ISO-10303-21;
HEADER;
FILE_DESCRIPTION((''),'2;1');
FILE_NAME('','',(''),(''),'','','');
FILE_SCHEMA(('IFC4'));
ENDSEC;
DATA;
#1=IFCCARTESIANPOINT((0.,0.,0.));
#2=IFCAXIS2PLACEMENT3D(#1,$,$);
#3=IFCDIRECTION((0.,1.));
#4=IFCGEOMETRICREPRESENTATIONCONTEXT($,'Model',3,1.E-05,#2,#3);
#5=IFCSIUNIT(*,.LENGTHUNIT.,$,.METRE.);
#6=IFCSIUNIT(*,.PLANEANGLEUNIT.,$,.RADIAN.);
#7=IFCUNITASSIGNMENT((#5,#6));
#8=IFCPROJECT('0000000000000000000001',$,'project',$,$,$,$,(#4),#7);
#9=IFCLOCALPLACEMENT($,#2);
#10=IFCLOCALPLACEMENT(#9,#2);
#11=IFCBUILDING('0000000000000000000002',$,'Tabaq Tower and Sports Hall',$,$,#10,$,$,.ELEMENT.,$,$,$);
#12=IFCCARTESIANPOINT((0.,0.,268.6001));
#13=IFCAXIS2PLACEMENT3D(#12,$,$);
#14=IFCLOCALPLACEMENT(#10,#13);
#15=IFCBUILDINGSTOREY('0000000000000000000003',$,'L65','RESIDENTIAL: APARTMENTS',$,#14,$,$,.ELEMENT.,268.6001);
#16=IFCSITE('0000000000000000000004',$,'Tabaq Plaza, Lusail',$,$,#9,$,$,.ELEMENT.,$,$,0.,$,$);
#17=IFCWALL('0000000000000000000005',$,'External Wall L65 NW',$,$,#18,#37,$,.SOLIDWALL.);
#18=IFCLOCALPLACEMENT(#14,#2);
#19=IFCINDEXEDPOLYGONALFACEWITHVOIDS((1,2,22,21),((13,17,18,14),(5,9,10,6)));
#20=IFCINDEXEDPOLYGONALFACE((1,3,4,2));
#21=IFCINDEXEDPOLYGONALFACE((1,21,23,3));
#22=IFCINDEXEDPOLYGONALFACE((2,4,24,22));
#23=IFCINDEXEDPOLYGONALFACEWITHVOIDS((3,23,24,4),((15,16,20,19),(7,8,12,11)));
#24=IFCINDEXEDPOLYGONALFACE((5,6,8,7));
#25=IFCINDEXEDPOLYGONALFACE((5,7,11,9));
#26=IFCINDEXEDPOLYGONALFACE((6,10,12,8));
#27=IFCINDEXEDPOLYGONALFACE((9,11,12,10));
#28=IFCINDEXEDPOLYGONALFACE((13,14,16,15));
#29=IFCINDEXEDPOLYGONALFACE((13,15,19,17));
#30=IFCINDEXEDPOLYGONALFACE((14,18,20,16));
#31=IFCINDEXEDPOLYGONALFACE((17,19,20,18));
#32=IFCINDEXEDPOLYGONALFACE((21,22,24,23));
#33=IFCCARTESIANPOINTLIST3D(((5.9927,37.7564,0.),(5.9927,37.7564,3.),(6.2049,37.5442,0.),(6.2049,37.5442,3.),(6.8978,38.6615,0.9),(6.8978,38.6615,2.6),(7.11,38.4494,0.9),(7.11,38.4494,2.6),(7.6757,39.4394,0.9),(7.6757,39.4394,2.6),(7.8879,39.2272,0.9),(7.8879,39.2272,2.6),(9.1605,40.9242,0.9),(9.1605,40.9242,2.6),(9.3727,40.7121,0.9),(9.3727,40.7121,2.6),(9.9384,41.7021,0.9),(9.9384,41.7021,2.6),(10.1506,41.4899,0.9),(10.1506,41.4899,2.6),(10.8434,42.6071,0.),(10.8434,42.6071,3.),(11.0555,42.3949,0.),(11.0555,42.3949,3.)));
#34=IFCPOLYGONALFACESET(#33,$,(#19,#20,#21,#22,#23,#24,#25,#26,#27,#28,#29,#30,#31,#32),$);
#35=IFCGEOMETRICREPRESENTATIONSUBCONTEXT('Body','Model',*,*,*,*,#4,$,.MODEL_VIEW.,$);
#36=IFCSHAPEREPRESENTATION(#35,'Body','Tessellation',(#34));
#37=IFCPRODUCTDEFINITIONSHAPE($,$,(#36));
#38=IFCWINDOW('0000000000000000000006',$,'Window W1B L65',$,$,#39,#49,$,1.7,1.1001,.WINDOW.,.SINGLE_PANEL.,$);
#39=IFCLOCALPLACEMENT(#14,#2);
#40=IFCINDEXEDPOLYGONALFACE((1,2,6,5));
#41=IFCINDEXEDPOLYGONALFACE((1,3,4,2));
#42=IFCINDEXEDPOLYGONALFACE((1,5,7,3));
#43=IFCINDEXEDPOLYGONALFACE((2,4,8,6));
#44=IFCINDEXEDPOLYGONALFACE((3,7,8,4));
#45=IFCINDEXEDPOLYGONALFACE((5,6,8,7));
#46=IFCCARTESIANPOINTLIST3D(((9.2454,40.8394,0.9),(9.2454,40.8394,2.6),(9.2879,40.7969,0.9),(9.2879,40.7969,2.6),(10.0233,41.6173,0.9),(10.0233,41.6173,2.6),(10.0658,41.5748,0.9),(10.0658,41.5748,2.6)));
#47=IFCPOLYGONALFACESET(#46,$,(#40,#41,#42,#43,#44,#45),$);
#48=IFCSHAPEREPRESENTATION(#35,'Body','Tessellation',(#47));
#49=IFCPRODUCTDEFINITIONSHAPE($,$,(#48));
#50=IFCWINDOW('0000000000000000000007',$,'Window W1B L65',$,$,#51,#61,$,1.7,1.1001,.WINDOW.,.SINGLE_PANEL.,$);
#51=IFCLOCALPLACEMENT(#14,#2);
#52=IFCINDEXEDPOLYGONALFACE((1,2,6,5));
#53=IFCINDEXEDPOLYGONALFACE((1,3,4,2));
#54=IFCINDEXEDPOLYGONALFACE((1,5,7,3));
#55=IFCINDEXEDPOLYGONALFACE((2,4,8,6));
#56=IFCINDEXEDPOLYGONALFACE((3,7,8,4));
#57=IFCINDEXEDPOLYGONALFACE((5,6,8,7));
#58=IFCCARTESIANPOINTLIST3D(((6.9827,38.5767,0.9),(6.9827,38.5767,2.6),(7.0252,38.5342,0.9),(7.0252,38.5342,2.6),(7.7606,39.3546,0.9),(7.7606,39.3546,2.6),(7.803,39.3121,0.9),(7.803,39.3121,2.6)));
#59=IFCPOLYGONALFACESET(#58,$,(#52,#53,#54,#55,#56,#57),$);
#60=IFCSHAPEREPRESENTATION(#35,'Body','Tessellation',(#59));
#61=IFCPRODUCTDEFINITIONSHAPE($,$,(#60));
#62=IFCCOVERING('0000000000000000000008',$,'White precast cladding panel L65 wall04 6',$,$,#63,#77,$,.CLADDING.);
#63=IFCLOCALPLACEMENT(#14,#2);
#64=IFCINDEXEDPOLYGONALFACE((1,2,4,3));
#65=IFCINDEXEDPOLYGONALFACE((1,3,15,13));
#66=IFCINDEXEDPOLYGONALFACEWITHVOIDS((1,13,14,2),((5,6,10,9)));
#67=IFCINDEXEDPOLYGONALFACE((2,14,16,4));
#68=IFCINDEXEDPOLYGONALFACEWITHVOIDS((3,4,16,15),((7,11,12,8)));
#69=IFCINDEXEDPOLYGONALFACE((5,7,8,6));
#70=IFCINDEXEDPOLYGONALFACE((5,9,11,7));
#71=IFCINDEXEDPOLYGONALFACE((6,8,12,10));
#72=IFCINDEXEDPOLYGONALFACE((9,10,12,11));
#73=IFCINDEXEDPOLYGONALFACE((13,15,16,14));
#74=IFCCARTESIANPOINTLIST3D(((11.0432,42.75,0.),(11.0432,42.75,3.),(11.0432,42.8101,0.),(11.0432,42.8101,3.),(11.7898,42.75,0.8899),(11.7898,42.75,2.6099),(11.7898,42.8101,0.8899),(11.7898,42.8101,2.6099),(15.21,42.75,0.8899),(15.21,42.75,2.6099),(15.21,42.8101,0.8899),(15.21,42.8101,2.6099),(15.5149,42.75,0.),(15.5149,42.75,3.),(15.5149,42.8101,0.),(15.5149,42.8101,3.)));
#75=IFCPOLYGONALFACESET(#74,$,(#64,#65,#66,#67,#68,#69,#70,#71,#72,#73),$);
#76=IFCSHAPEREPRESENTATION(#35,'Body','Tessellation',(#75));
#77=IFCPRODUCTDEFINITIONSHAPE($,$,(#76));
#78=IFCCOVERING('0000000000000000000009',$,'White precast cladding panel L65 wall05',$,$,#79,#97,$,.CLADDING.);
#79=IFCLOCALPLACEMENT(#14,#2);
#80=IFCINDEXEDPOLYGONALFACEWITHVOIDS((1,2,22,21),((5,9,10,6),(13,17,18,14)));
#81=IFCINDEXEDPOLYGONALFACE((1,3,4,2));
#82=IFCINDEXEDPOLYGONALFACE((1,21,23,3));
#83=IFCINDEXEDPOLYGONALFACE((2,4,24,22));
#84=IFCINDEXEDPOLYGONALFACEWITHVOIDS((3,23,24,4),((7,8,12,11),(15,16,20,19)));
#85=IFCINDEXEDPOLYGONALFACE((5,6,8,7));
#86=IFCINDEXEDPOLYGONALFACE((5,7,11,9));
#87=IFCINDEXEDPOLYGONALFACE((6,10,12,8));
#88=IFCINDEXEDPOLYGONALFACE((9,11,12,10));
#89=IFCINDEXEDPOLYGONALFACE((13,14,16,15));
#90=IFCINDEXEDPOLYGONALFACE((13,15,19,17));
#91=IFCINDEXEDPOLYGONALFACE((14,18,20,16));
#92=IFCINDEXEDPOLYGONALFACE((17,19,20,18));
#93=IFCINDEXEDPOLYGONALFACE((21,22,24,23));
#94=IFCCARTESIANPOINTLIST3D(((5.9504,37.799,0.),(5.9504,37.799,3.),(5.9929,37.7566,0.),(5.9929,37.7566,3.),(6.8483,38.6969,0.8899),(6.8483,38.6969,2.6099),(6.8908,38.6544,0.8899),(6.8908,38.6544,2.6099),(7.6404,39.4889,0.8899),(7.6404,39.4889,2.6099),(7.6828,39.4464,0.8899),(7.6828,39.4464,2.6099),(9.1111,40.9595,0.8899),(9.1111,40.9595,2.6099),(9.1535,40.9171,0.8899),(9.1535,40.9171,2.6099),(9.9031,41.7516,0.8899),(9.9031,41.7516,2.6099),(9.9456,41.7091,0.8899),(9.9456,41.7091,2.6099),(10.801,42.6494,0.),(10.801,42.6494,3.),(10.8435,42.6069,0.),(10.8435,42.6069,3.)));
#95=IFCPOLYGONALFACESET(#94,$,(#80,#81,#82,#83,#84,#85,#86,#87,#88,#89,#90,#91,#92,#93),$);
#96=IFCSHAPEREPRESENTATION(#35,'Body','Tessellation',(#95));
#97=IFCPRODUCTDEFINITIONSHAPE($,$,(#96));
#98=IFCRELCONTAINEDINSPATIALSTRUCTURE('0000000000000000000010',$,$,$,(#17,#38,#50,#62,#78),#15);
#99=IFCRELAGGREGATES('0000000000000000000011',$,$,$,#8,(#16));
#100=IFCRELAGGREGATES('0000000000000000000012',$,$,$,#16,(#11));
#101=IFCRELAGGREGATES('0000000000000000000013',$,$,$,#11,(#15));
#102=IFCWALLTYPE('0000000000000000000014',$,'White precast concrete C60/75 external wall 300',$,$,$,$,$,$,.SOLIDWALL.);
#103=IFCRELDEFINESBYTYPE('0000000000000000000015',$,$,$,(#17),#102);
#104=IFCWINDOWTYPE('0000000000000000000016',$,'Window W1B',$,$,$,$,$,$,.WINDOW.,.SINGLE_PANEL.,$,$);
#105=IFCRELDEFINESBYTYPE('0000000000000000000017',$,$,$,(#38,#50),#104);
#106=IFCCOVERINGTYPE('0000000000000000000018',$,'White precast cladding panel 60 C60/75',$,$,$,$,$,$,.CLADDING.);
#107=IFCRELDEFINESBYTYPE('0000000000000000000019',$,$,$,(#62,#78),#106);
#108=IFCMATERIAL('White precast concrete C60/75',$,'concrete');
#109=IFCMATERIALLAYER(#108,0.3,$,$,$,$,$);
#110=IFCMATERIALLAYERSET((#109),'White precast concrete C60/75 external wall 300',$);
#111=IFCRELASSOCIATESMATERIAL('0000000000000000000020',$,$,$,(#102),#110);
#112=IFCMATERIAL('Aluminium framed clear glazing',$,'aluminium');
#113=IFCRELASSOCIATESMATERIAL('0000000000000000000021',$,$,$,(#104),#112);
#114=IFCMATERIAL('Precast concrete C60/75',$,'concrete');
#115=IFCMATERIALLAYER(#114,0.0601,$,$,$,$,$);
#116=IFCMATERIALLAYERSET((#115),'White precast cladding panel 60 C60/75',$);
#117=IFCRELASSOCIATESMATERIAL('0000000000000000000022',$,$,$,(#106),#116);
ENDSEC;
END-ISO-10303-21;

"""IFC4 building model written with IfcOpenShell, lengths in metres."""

from ifc_helpers import new_model, si_unit, direction, frame, frame_2d, origin, place, context, subcontext, project, spatial, polyline, rectangle, outline, extrude, material, layer, layer_set, type_object, element, fill, save


model = new_model("IFC4")

# Units and contexts
model_context = context("Model", 3, precision=1e-05, world=origin(), true_north=direction((0.0, 1.0)))
body_context = subcontext(model_context, "Body", "Model", "MODEL_VIEW")
ifc_project = project(units=[si_unit("LENGTHUNIT", "METRE"), si_unit("PLANEANGLEUNIT", "RADIAN")], contexts=[model_context])

# Site, building, storey
site_placement = place(None, origin())
site = spatial("IfcSite", under=ifc_project, at=site_placement, Name="Tabaq Plaza, Lusail", CompositionType="ELEMENT", RefElevation=0.0)
building_placement = place(site_placement, origin())
building = spatial("IfcBuilding", under=site, at=building_placement, Name="Tabaq Tower and Sports Hall", CompositionType="ELEMENT")
storey_placement = place(building_placement, frame((0.0, 0.0, 268.6001)))
storey = spatial("IfcBuildingStorey", under=building, at=storey_placement, Name="L65", Description="RESIDENTIAL: APARTMENTS", CompositionType="ELEMENT", Elevation=268.6001)

# Wall, openings, windows
ifc_material_1 = material(Name="White precast concrete C60/75", Category="concrete")
ifc_layer_1 = layer(ifc_material_1, 0.3)
ifc_layer_set_1 = layer_set([ifc_layer_1], Name="White precast concrete C60/75 external wall 300")
wall_type_1 = type_object("IfcWallType", Name="White precast concrete C60/75 external wall 300", PredefinedType="SOLIDWALL", material=ifc_layer_set_1)
wall_1_placement = place(storey_placement, frame((10.9495, 42.501, 0.0), z_axis=(0.0, 0.0, 1.0), x_axis=(-0.707107, -0.707107, 0.0)))
wall_1 = element("IfcWall", 1, at=wall_1_placement, inside=storey, type_object=wall_type_1, Name="External Wall L65 NW", PredefinedType="SOLIDWALL", context=body_context, shape_type="SweptSolid", body=[
    extrude(rectangle(XDim=6.8599, YDim=0.3, at=frame_2d((3.4299, 0.0))), origin(), (0.0, 0.0, 1.0), 3.0),
])
opening_1_placement = place(wall_1_placement, frame((1.2798, 0.0, 0.8999)))
opening_1 = element("IfcOpeningElement", 2, at=opening_1_placement, cuts=wall_1, PredefinedType="OPENING", context=body_context, shape_type="SweptSolid", body=[
    extrude(rectangle(XDim=1.1001, YDim=1.7, at=frame_2d((0.55, 0.8501))), frame((0.0, 0.1602, 0.0), z_axis=(0.0, -1.0, 0.0), x_axis=(1.0, 0.0, 0.0)), (0.0, 0.0, 1.0), 0.3201),
])
opening_2_placement = place(wall_1_placement, frame((4.4797, 0.0, 0.8999)))
opening_2 = element("IfcOpeningElement", 3, at=opening_2_placement, cuts=wall_1, PredefinedType="OPENING", context=body_context, shape_type="SweptSolid", body=[
    extrude(rectangle(XDim=1.1001, YDim=1.7, at=frame_2d((0.55, 0.8501))), frame((0.0, 0.1602, 0.0), z_axis=(0.0, -1.0, 0.0), x_axis=(1.0, 0.0, 0.0)), (0.0, 0.0, 1.0), 0.3201),
])
ifc_material_2 = material(Name="Aluminium framed clear glazing", Category="aluminium")
window_type = type_object("IfcWindowType", Name="Window W1B", PartitioningType="SINGLE_PANEL", PredefinedType="WINDOW", material=ifc_material_2)
window_1_placement = place(opening_1_placement, origin())
window_1 = element("IfcWindow", 4, at=window_1_placement, inside=storey, type_object=window_type, Name="Window W1B L65", OverallHeight=1.7, OverallWidth=1.1001, PartitioningType="SINGLE_PANEL", PredefinedType="WINDOW", context=body_context, shape_type="SweptSolid", body=[
    extrude(rectangle(XDim=1.1001, YDim=1.7, at=frame_2d((0.55, 0.8501))), frame((0.0, 0.03, 0.0), z_axis=(0.0, -1.0, 0.0), x_axis=(1.0, 0.0, 0.0)), (0.0, 0.0, 1.0), 0.0601),
])
fill(opening_1, window_1)
window_2_placement = place(opening_2_placement, origin())
window_2 = element("IfcWindow", 5, at=window_2_placement, inside=storey, type_object=window_type, Name="Window W1B L65", OverallHeight=1.7, OverallWidth=1.1001, PartitioningType="SINGLE_PANEL", PredefinedType="WINDOW", context=body_context, shape_type="SweptSolid", body=[
    extrude(rectangle(XDim=1.1001, YDim=1.7, at=frame_2d((0.55, 0.8501))), frame((0.0, 0.03, 0.0), z_axis=(0.0, -1.0, 0.0), x_axis=(1.0, 0.0, 0.0)), (0.0, 0.0, 1.0), 0.0601),
])
fill(opening_2, window_2)

# Coverings
ifc_material_3 = material(Name="Precast concrete C60/75", Category="concrete")
ifc_layer_2 = layer(ifc_material_3, 0.0601)
ifc_layer_set_2 = layer_set([ifc_layer_2], Name="White precast cladding panel 60 C60/75")
covering_type = type_object("IfcCoveringType", Name="White precast cladding panel 60 C60/75", PredefinedType="CLADDING", material=ifc_layer_set_2)
covering_1_placement = place(storey_placement, frame((15.5149, 42.78, 0.0), z_axis=(0.0, 0.0, 1.0), x_axis=(-1.0, 0.0, 0.0)))
element("IfcCovering", 6, at=covering_1_placement, inside=storey, type_object=covering_type, Name="White precast cladding panel L65 wall04 6", PredefinedType="CLADDING", context=body_context, shape_type="SweptSolid", body=[
    extrude(outline(polyline([(0.0, 0.0), (4.4717, 0.0), (4.4717, 3.0), (0.0, 3.0), (0.0, 0.0)]), holes=[polyline([(0.3049, 0.8899), (0.3049, 2.6099), (3.7251, 2.6099), (3.7251, 0.8899), (0.3049, 0.8899)])]), frame((0.0, 0.03, 0.0), z_axis=(0.0, -1.0, 0.0), x_axis=(1.0, 0.0, 0.0)), (0.0, 0.0, 1.0), 0.0601),
])
covering_2_placement = place(storey_placement, frame((10.8223, 42.6282, 0.0), z_axis=(0.0, 0.0, 1.0), x_axis=(-0.707125, -0.707089, 0.0)))
element("IfcCovering", 7, at=covering_2_placement, inside=storey, type_object=covering_type, Name="White precast cladding panel L65 wall05", PredefinedType="CLADDING", context=body_context, shape_type="SweptSolid", body=[
    extrude(outline(polyline([(0.0, 0.0), (6.8596, 0.0), (6.8596, 3.0), (0.0, 3.0), (0.0, 0.0)]), holes=[polyline([(1.2698, 2.6099), (2.3899, 2.6099), (2.3899, 0.8899), (1.2698, 0.8899), (1.2698, 2.6099)]), polyline([(4.4697, 2.6099), (5.5898, 2.6099), (5.5898, 0.8899), (4.4697, 0.8899), (4.4697, 2.6099)])]), frame((0.0, 0.03, 0.0), z_axis=(0.0, -1.0, 0.0), x_axis=(1.0, 0.0, 0.0)), (0.0, 0.0, 1.0), 0.0601),
])

save(model, "model.ifc")
